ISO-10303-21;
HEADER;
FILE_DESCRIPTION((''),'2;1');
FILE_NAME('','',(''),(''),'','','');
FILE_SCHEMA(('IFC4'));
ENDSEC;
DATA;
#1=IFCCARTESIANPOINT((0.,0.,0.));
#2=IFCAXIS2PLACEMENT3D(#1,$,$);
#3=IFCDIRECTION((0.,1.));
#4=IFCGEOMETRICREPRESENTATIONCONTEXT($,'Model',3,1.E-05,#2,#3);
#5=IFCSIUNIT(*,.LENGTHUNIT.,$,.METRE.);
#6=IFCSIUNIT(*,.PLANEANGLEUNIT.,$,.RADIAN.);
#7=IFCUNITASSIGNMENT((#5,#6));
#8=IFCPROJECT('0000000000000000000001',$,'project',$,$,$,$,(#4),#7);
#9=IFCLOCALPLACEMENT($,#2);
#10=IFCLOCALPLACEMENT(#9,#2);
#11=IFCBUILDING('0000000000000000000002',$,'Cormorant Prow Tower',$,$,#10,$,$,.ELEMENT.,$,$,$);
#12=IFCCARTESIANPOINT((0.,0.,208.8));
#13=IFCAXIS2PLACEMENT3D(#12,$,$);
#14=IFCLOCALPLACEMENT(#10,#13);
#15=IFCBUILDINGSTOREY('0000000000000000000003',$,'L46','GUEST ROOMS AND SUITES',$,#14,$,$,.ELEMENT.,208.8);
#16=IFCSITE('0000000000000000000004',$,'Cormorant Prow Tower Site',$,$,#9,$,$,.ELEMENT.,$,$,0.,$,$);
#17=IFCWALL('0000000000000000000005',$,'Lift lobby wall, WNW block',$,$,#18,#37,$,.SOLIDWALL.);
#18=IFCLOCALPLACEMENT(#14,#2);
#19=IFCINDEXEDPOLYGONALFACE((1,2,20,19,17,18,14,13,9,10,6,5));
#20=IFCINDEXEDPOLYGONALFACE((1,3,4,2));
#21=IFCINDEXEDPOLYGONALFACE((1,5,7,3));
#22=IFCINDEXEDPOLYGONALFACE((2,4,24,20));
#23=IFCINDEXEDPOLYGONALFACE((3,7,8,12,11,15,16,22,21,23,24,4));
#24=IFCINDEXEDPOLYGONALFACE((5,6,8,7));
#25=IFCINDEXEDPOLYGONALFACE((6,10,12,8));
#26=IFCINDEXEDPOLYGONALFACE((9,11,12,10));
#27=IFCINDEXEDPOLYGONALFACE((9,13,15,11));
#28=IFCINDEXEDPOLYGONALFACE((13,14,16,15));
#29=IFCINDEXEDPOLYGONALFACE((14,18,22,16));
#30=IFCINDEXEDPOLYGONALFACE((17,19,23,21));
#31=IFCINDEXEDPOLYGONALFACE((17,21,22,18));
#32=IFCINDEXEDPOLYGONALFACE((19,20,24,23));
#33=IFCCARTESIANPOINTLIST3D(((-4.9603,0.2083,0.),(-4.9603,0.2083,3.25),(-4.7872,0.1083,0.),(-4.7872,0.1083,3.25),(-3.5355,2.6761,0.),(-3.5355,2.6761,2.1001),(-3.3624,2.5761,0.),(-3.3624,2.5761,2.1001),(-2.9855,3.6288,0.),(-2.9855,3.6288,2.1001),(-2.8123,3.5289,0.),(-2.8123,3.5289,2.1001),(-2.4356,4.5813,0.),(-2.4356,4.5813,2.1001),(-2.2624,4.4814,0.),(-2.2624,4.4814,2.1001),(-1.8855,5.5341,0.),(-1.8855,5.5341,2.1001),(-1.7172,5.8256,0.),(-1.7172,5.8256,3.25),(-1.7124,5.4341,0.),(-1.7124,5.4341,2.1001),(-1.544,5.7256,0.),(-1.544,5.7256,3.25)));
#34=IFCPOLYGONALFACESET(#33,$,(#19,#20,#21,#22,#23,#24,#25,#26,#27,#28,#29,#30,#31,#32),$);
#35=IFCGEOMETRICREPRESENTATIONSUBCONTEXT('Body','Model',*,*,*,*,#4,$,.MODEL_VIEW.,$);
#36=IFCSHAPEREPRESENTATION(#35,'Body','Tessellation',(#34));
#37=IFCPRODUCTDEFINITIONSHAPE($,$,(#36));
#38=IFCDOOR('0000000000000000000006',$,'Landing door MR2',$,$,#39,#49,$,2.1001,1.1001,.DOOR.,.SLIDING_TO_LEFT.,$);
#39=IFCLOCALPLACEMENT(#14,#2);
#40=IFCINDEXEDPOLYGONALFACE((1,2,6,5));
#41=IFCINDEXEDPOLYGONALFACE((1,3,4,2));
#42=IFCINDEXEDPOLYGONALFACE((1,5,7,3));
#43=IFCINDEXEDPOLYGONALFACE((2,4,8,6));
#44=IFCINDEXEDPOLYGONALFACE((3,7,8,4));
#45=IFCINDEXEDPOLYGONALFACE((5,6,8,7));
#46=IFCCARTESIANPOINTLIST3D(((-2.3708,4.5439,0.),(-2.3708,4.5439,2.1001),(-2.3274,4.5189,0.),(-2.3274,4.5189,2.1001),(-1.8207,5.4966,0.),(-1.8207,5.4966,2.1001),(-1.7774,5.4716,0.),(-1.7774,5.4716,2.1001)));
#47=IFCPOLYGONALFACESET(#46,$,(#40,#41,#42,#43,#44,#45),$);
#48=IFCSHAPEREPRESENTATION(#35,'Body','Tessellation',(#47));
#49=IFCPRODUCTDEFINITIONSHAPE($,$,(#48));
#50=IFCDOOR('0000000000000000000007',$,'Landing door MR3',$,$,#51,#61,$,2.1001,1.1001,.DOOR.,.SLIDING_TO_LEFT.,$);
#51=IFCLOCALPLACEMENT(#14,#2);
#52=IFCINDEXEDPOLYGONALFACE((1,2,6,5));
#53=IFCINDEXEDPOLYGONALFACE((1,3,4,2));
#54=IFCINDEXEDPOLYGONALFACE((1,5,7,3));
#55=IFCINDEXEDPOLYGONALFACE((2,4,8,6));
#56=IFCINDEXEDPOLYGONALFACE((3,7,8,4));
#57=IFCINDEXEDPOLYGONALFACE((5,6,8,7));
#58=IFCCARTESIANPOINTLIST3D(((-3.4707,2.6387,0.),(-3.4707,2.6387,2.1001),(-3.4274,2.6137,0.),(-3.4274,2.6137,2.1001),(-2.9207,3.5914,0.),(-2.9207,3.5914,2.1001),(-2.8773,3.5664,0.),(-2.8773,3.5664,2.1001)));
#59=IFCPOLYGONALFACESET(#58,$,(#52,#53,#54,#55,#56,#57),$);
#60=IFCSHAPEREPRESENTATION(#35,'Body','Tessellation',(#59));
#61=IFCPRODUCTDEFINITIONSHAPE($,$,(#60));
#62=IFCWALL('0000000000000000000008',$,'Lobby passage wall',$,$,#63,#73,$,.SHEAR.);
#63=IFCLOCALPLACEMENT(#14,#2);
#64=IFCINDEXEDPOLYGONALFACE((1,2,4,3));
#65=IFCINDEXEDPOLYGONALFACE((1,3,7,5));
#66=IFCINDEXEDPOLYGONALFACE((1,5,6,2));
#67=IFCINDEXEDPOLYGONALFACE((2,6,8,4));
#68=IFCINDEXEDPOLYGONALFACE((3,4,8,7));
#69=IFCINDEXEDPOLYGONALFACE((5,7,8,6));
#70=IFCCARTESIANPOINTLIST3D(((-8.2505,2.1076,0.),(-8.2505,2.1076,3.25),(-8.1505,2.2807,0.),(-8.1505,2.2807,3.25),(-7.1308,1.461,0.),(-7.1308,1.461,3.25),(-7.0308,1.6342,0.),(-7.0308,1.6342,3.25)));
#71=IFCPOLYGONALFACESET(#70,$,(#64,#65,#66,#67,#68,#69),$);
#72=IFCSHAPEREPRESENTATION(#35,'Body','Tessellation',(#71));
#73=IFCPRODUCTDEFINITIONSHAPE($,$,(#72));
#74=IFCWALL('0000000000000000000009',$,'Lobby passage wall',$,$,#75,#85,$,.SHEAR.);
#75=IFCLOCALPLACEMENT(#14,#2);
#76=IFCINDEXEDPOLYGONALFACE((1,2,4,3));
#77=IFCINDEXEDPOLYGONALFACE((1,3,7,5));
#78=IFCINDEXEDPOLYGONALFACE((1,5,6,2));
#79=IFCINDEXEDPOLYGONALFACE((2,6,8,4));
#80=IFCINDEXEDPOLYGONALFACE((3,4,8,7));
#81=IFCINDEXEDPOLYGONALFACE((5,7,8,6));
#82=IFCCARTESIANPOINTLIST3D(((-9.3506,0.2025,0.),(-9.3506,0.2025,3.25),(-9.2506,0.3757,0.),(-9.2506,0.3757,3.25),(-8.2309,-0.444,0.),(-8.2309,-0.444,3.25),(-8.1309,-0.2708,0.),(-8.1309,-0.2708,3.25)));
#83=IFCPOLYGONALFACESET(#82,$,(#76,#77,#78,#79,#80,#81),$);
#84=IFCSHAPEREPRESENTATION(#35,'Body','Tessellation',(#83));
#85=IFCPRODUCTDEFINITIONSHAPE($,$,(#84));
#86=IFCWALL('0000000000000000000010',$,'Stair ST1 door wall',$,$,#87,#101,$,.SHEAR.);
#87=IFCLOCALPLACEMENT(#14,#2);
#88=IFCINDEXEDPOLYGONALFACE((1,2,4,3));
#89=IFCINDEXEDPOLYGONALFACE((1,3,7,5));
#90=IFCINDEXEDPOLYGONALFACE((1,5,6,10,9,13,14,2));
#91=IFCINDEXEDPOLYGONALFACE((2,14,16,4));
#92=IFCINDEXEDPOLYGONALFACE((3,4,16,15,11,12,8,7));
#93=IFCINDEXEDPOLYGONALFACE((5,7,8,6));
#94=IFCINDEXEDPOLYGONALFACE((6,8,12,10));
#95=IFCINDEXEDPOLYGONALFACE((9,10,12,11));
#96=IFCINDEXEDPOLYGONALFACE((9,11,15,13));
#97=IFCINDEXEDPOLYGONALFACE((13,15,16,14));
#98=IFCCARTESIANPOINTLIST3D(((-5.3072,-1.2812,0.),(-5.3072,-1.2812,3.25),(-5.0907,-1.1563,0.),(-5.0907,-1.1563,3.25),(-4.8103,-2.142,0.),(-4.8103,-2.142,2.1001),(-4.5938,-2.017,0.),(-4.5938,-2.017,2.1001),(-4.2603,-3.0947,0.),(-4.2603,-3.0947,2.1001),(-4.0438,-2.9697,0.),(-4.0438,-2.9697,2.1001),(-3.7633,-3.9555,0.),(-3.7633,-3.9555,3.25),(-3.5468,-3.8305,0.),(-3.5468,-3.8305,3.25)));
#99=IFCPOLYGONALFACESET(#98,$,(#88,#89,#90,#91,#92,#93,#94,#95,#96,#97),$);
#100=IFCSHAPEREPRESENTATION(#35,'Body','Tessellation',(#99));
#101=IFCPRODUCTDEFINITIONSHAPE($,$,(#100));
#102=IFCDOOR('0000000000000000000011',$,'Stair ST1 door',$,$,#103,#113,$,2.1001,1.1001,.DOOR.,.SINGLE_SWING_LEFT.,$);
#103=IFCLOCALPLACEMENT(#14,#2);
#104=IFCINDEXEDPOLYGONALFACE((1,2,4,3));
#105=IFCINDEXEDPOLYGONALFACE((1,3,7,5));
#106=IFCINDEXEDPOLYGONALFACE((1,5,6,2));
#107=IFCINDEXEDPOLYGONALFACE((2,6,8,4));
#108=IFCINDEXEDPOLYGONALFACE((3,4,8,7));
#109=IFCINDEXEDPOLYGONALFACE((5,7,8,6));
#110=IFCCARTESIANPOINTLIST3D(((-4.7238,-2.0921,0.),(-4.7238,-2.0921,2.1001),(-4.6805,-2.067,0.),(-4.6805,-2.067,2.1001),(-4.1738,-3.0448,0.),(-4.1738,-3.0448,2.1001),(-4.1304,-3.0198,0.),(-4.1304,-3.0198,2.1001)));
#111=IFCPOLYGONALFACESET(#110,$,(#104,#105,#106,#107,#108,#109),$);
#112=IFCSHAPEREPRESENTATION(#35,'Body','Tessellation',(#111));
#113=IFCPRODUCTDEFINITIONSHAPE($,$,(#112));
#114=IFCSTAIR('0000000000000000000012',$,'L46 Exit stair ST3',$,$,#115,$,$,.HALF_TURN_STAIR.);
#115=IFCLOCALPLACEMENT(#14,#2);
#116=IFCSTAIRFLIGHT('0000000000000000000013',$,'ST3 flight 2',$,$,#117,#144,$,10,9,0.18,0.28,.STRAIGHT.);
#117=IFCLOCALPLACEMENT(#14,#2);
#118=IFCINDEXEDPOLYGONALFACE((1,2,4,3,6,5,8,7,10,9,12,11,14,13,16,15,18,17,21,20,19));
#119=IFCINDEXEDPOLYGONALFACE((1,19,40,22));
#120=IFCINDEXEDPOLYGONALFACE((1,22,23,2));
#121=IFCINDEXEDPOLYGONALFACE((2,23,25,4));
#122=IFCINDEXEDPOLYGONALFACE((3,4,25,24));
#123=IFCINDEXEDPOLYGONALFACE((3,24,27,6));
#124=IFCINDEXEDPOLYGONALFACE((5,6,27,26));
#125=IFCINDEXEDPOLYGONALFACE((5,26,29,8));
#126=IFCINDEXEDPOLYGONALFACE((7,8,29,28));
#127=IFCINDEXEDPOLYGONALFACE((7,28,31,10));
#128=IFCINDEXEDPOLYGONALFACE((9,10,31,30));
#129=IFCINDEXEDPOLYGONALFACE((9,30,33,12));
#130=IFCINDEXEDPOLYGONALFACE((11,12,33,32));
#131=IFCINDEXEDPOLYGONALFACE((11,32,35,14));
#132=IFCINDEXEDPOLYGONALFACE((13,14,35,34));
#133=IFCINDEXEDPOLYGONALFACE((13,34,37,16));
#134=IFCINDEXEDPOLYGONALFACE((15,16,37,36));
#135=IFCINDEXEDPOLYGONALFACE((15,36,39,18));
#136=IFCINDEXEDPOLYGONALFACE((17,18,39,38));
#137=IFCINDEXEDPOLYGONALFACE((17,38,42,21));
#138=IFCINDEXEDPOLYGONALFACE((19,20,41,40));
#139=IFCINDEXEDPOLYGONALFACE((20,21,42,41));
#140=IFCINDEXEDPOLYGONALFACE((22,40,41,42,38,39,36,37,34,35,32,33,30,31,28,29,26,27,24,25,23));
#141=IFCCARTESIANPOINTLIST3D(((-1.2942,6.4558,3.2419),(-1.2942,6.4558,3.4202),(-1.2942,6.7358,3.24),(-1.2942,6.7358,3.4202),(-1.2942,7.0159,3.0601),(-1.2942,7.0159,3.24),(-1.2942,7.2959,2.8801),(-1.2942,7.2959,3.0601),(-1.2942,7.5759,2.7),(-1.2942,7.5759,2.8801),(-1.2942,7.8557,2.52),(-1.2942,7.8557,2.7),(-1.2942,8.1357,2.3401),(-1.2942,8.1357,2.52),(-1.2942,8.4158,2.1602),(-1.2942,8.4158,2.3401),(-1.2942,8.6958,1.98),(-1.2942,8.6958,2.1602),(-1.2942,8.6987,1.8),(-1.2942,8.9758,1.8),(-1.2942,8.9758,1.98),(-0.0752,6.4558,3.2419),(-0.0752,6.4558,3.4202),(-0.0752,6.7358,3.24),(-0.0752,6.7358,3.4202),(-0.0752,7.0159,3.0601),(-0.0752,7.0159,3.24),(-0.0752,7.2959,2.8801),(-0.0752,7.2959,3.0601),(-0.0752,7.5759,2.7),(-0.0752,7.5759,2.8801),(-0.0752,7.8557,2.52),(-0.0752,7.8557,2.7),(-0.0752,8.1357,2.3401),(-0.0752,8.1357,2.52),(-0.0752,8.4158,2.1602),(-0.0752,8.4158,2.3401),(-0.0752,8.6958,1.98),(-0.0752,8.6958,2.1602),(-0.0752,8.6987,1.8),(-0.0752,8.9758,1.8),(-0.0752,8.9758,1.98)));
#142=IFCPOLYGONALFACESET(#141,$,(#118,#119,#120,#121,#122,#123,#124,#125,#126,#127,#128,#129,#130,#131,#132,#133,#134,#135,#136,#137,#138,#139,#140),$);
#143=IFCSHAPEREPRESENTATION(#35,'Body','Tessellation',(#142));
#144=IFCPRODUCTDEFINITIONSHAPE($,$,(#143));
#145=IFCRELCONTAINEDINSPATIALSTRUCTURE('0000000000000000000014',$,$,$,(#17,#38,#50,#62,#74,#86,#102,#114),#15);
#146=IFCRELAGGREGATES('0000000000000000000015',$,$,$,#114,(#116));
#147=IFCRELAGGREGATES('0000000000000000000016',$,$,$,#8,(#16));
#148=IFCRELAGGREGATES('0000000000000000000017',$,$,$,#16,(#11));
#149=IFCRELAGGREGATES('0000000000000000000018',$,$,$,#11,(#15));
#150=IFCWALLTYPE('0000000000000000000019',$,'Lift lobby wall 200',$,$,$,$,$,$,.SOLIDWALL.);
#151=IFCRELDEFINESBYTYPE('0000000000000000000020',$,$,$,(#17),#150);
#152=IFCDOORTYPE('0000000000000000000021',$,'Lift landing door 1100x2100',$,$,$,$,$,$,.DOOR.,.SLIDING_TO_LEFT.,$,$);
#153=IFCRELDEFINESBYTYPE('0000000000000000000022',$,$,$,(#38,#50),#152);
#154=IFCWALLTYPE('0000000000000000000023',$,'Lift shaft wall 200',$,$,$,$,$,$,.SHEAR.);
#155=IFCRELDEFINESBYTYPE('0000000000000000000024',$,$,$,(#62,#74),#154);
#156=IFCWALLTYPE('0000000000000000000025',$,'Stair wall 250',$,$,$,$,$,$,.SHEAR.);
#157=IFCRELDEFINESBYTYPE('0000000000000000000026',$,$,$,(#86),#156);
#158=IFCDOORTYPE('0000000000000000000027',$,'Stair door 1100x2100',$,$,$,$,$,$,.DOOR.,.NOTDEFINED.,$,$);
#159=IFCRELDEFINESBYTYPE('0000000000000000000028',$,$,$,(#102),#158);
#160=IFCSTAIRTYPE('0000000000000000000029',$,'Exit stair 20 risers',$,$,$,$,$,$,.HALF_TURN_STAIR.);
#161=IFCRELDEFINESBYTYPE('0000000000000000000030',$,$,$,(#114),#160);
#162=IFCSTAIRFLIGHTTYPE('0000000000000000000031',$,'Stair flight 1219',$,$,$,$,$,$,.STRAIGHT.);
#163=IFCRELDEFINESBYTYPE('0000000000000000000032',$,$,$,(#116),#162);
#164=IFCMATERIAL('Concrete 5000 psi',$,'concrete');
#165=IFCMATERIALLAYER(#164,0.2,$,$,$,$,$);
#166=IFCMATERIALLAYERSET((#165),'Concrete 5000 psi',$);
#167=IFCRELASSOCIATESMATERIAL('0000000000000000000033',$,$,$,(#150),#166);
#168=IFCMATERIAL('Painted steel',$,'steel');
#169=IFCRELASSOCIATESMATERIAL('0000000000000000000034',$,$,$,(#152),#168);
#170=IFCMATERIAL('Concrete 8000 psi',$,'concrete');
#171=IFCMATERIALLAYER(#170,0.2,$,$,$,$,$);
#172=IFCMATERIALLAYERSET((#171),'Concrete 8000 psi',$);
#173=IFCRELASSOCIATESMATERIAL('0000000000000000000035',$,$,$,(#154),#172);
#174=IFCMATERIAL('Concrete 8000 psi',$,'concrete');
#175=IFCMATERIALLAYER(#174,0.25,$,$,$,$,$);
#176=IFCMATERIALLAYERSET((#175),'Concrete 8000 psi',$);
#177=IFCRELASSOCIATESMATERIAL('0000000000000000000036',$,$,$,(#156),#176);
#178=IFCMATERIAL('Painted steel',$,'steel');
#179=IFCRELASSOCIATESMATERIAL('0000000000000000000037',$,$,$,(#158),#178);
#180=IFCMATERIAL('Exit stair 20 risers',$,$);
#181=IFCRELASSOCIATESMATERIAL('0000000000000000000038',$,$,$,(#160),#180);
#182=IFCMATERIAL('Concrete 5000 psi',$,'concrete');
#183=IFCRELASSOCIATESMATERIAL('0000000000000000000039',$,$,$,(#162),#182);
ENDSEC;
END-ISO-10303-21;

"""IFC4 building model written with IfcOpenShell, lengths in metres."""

from ifc_helpers import new_model, si_unit, direction, frame, frame_2d, origin, place, context, subcontext, project, spatial, polyline, rectangle, outline, extrude, material, layer, layer_set, type_object, element, fill, aggregate, save


model = new_model("IFC4")

# Units and contexts
model_context = context("Model", 3, precision=1e-05, world=origin(), true_north=direction((0.0, 1.0)))
body_context = subcontext(model_context, "Body", "Model", "MODEL_VIEW")
ifc_project = project(units=[si_unit("LENGTHUNIT", "METRE"), si_unit("PLANEANGLEUNIT", "RADIAN")], contexts=[model_context])

# Site, building, storey
site_placement = place(None, origin())
site = spatial("IfcSite", under=ifc_project, at=site_placement, Name="Cormorant Prow Tower Site", CompositionType="ELEMENT", RefElevation=0.0)
building_placement = place(site_placement, origin())
building = spatial("IfcBuilding", under=site, at=building_placement, Name="Cormorant Prow Tower", CompositionType="ELEMENT")
storey_placement = place(building_placement, frame((0.0, 0.0, 208.8)))
storey = spatial("IfcBuildingStorey", under=building, at=storey_placement, Name="L46", Description="GUEST ROOMS AND SUITES", CompositionType="ELEMENT", Elevation=208.8)

# Wall, openings, doors
ifc_material_1 = material(Name="Concrete 5000 psi", Category="concrete")
ifc_layer_1 = layer(ifc_material_1, 0.2)
ifc_layer_set_1 = layer_set([ifc_layer_1], Name="Concrete 5000 psi")
wall_type_1 = type_object("IfcWallType", Name="Lift lobby wall 200", PredefinedType="SOLIDWALL", material=ifc_layer_set_1)
wall_1_placement = place(storey_placement, frame((-1.6306, 5.7756, 0.0), z_axis=(0.0, 0.0, 1.0), x_axis=(-0.499993, -0.86603, 0.0)))
wall_1 = element("IfcWall", 1, at=wall_1_placement, inside=storey, type_object=wall_type_1, Name="Lift lobby wall, WNW block", PredefinedType="SOLIDWALL", context=body_context, shape_type="SweptSolid", body=[
    extrude(rectangle(XDim=6.4863, YDim=0.2, at=frame_2d((3.2432, 0.0))), origin(), (0.0, 0.0, 1.0), 3.25),
])
opening_1_placement = place(wall_1_placement, frame((0.3367, 0.0, 0.0)))
opening_1 = element("IfcOpeningElement", 2, at=opening_1_placement, cuts=wall_1, PredefinedType="OPENING", context=body_context, shape_type="SweptSolid", body=[
    extrude(rectangle(XDim=1.1001, YDim=2.1001, at=frame_2d((0.55, 1.05))), frame((0.0, 0.1099, 0.0), z_axis=(0.0, -1.0, 0.0), x_axis=(1.0, 0.0, 0.0)), (0.0, 0.0, 1.0), 0.22),
])
opening_2_placement = place(wall_1_placement, frame((2.5366, 0.0, 0.0)))
opening_2 = element("IfcOpeningElement", 3, at=opening_2_placement, cuts=wall_1, PredefinedType="OPENING", context=body_context, shape_type="SweptSolid", body=[
    extrude(rectangle(XDim=1.1001, YDim=2.1001, at=frame_2d((0.55, 1.05))), frame((0.0, 0.1099, 0.0), z_axis=(0.0, -1.0, 0.0), x_axis=(1.0, 0.0, 0.0)), (0.0, 0.0, 1.0), 0.22),
])
ifc_material_2 = material(Name="Painted steel", Category="steel")
door_type_1 = type_object("IfcDoorType", Name="Lift landing door 1100x2100", OperationType="SLIDING_TO_LEFT", PredefinedType="DOOR", material=ifc_material_2)
door_1_placement = place(opening_1_placement, origin())
door_1 = element("IfcDoor", 4, at=door_1_placement, inside=storey, type_object=door_type_1, Name="Landing door MR2", OperationType="SLIDING_TO_LEFT", OverallHeight=2.1001, OverallWidth=1.1001, PredefinedType="DOOR", context=body_context, shape_type="SweptSolid", body=[
    extrude(rectangle(XDim=1.1001, YDim=2.1001, at=frame_2d((0.55, 1.05))), frame((0.0, 0.0249, 0.0), z_axis=(0.0, -1.0, 0.0), x_axis=(1.0, 0.0, 0.0)), (0.0, 0.0, 1.0), 0.05),
])
fill(opening_1, door_1)
door_2_placement = place(opening_2_placement, origin())
door_2 = element("IfcDoor", 5, at=door_2_placement, inside=storey, type_object=door_type_1, Name="Landing door MR3", OperationType="SLIDING_TO_LEFT", OverallHeight=2.1001, OverallWidth=1.1001, PredefinedType="DOOR", context=body_context, shape_type="SweptSolid", body=[
    extrude(rectangle(XDim=1.1001, YDim=2.1001, at=frame_2d((0.55, 1.05))), frame((0.0, 0.0249, 0.0), z_axis=(0.0, -1.0, 0.0), x_axis=(1.0, 0.0, 0.0)), (0.0, 0.0, 1.0), 0.05),
])
fill(opening_2, door_2)

# Walls
ifc_material_3 = material(Name="Concrete 8000 psi", Category="concrete")
ifc_layer_2 = layer(ifc_material_3, 0.2)
ifc_layer_set_2 = layer_set([ifc_layer_2], Name="Concrete 8000 psi")
wall_type_2 = type_object("IfcWallType", Name="Lift shaft wall 200", PredefinedType="SHEAR", material=ifc_layer_set_2)
for number, where, z_axis, x_axis, name in (
    (6, (-7.0808, 1.5476, 0.0), (0.0, 0.0, 1.0), (-0.866003, 0.500038, 0.0), "Lobby passage wall"),
    (7, (-8.1809, -0.3574, 0.0), (0.0, 0.0, 1.0), (-0.866003, 0.500038, 0.0), "Lobby passage wall"),
):
    element("IfcWall", number, at=place(storey_placement, frame(where, z_axis=z_axis, x_axis=x_axis)), inside=storey, type_object=wall_type_2, Name=name, PredefinedType="SHEAR", context=body_context, shape_type="SweptSolid", body=[
        extrude(rectangle(XDim=1.293, YDim=0.2, at=frame_2d((0.6465, 0.0))), origin(), (0.0, 0.0, 1.0), 3.25),
    ])

# Wall, opening, door
ifc_material_4 = material(Name="Concrete 8000 psi", Category="concrete")
ifc_layer_3 = layer(ifc_material_4, 0.25)
ifc_layer_set_3 = layer_set([ifc_layer_3], Name="Concrete 8000 psi")
wall_type_3 = type_object("IfcWallType", Name="Stair wall 250", PredefinedType="SHEAR", material=ifc_layer_set_3)
wall_2_placement = place(storey_placement, frame((-5.199, -1.2188, 0.0), z_axis=(0.0, 0.0, 1.0), x_axis=(0.499983, -0.866035, 0.0)))
wall_2 = element("IfcWall", 8, at=wall_2_placement, inside=storey, type_object=wall_type_3, Name="Stair ST1 door wall", PredefinedType="SHEAR", context=body_context, shape_type="SweptSolid", body=[
    extrude(rectangle(XDim=3.0879, YDim=0.25, at=frame_2d((1.5439, 0.0))), origin(), (0.0, 0.0, 1.0), 3.25),
])
opening_3_placement = place(wall_2_placement, frame((0.9939, 0.0, 0.0)))
opening_3 = element("IfcOpeningElement", 9, at=opening_3_placement, cuts=wall_2, PredefinedType="OPENING", context=body_context, shape_type="SweptSolid", body=[
    extrude(rectangle(XDim=1.1001, YDim=2.1001, at=frame_2d((0.55, 1.05))), frame((0.0, 0.135, 0.0), z_axis=(0.0, -1.0, 0.0), x_axis=(1.0, 0.0, 0.0)), (0.0, 0.0, 1.0), 0.27),
])
ifc_material_5 = material(Name="Painted steel", Category="steel")
door_type_2 = type_object("IfcDoorType", Name="Stair door 1100x2100", OperationType="NOTDEFINED", PredefinedType="DOOR", material=ifc_material_5)
door_3_placement = place(opening_3_placement, origin())
door_3 = element("IfcDoor", 10, at=door_3_placement, inside=storey, type_object=door_type_2, Name="Stair ST1 door", OperationType="SINGLE_SWING_LEFT", OverallHeight=2.1001, OverallWidth=1.1001, PredefinedType="DOOR", context=body_context, shape_type="SweptSolid", body=[
    extrude(rectangle(XDim=1.1001, YDim=2.1001, at=frame_2d((0.55, 1.05))), frame((0.0, 0.0249, 0.0), z_axis=(0.0, -1.0, 0.0), x_axis=(1.0, 0.0, 0.0)), (0.0, 0.0, 1.0), 0.05),
])
fill(opening_3, door_3)

# Stair, stair flight
ifc_material_6 = material(Name="Exit stair 20 risers")
stair_type = type_object("IfcStairType", Name="Exit stair 20 risers", PredefinedType="HALF_TURN_STAIR", material=ifc_material_6)
stair_placement = place(storey_placement, origin())
stair = element("IfcStair", 11, at=stair_placement, inside=storey, type_object=stair_type, Name="L46 Exit stair ST3", PredefinedType="HALF_TURN_STAIR")
ifc_material_7 = material(Name="Concrete 5000 psi", Category="concrete")
stair_flight_type = type_object("IfcStairFlightType", Name="Stair flight 1219", PredefinedType="STRAIGHT", material=ifc_material_7)
stair_flight_placement = place(storey_placement, frame((-0.6846, 8.9758, 1.8), z_axis=(0.0, 0.0, 1.0), x_axis=(0.0, -1.0, 0.0)))
stair_flight = element("IfcStairFlight", 12, at=stair_flight_placement, type_object=stair_flight_type, Name="ST3 flight 2", NumberOfRisers=10, NumberOfTreads=9, PredefinedType="STRAIGHT", RiserHeight=0.18, TreadLength=0.28, context=body_context, shape_type="SweptSolid", body=[
    extrude(outline(polyline([(0.0, 0.0), (0.0, 0.1799), (0.28, 0.1799), (0.28, 0.3601), (0.5601, 0.3601), (0.5601, 0.54), (0.8401, 0.54), (0.8401, 0.72), (1.1201, 0.72), (1.1201, 0.8999), (1.3999, 0.8999), (1.3999, 1.0801), (1.6799, 1.0801), (1.6799, 1.26), (1.96, 1.26), (1.96, 1.4399), (2.24, 1.4399), (2.24, 1.6201), (2.52, 1.6201), (2.52, 1.8), (2.52, 1.4419), (0.2771, 0.0), (0.0, 0.0)])), frame((0.0, 0.6094, 0.0), z_axis=(0.0, -1.0, 0.0), x_axis=(1.0, 0.0, 0.0)), (0.0, 0.0, 1.0), 1.219),
])
aggregate(stair, [stair_flight])

save(model, "model.ifc")
